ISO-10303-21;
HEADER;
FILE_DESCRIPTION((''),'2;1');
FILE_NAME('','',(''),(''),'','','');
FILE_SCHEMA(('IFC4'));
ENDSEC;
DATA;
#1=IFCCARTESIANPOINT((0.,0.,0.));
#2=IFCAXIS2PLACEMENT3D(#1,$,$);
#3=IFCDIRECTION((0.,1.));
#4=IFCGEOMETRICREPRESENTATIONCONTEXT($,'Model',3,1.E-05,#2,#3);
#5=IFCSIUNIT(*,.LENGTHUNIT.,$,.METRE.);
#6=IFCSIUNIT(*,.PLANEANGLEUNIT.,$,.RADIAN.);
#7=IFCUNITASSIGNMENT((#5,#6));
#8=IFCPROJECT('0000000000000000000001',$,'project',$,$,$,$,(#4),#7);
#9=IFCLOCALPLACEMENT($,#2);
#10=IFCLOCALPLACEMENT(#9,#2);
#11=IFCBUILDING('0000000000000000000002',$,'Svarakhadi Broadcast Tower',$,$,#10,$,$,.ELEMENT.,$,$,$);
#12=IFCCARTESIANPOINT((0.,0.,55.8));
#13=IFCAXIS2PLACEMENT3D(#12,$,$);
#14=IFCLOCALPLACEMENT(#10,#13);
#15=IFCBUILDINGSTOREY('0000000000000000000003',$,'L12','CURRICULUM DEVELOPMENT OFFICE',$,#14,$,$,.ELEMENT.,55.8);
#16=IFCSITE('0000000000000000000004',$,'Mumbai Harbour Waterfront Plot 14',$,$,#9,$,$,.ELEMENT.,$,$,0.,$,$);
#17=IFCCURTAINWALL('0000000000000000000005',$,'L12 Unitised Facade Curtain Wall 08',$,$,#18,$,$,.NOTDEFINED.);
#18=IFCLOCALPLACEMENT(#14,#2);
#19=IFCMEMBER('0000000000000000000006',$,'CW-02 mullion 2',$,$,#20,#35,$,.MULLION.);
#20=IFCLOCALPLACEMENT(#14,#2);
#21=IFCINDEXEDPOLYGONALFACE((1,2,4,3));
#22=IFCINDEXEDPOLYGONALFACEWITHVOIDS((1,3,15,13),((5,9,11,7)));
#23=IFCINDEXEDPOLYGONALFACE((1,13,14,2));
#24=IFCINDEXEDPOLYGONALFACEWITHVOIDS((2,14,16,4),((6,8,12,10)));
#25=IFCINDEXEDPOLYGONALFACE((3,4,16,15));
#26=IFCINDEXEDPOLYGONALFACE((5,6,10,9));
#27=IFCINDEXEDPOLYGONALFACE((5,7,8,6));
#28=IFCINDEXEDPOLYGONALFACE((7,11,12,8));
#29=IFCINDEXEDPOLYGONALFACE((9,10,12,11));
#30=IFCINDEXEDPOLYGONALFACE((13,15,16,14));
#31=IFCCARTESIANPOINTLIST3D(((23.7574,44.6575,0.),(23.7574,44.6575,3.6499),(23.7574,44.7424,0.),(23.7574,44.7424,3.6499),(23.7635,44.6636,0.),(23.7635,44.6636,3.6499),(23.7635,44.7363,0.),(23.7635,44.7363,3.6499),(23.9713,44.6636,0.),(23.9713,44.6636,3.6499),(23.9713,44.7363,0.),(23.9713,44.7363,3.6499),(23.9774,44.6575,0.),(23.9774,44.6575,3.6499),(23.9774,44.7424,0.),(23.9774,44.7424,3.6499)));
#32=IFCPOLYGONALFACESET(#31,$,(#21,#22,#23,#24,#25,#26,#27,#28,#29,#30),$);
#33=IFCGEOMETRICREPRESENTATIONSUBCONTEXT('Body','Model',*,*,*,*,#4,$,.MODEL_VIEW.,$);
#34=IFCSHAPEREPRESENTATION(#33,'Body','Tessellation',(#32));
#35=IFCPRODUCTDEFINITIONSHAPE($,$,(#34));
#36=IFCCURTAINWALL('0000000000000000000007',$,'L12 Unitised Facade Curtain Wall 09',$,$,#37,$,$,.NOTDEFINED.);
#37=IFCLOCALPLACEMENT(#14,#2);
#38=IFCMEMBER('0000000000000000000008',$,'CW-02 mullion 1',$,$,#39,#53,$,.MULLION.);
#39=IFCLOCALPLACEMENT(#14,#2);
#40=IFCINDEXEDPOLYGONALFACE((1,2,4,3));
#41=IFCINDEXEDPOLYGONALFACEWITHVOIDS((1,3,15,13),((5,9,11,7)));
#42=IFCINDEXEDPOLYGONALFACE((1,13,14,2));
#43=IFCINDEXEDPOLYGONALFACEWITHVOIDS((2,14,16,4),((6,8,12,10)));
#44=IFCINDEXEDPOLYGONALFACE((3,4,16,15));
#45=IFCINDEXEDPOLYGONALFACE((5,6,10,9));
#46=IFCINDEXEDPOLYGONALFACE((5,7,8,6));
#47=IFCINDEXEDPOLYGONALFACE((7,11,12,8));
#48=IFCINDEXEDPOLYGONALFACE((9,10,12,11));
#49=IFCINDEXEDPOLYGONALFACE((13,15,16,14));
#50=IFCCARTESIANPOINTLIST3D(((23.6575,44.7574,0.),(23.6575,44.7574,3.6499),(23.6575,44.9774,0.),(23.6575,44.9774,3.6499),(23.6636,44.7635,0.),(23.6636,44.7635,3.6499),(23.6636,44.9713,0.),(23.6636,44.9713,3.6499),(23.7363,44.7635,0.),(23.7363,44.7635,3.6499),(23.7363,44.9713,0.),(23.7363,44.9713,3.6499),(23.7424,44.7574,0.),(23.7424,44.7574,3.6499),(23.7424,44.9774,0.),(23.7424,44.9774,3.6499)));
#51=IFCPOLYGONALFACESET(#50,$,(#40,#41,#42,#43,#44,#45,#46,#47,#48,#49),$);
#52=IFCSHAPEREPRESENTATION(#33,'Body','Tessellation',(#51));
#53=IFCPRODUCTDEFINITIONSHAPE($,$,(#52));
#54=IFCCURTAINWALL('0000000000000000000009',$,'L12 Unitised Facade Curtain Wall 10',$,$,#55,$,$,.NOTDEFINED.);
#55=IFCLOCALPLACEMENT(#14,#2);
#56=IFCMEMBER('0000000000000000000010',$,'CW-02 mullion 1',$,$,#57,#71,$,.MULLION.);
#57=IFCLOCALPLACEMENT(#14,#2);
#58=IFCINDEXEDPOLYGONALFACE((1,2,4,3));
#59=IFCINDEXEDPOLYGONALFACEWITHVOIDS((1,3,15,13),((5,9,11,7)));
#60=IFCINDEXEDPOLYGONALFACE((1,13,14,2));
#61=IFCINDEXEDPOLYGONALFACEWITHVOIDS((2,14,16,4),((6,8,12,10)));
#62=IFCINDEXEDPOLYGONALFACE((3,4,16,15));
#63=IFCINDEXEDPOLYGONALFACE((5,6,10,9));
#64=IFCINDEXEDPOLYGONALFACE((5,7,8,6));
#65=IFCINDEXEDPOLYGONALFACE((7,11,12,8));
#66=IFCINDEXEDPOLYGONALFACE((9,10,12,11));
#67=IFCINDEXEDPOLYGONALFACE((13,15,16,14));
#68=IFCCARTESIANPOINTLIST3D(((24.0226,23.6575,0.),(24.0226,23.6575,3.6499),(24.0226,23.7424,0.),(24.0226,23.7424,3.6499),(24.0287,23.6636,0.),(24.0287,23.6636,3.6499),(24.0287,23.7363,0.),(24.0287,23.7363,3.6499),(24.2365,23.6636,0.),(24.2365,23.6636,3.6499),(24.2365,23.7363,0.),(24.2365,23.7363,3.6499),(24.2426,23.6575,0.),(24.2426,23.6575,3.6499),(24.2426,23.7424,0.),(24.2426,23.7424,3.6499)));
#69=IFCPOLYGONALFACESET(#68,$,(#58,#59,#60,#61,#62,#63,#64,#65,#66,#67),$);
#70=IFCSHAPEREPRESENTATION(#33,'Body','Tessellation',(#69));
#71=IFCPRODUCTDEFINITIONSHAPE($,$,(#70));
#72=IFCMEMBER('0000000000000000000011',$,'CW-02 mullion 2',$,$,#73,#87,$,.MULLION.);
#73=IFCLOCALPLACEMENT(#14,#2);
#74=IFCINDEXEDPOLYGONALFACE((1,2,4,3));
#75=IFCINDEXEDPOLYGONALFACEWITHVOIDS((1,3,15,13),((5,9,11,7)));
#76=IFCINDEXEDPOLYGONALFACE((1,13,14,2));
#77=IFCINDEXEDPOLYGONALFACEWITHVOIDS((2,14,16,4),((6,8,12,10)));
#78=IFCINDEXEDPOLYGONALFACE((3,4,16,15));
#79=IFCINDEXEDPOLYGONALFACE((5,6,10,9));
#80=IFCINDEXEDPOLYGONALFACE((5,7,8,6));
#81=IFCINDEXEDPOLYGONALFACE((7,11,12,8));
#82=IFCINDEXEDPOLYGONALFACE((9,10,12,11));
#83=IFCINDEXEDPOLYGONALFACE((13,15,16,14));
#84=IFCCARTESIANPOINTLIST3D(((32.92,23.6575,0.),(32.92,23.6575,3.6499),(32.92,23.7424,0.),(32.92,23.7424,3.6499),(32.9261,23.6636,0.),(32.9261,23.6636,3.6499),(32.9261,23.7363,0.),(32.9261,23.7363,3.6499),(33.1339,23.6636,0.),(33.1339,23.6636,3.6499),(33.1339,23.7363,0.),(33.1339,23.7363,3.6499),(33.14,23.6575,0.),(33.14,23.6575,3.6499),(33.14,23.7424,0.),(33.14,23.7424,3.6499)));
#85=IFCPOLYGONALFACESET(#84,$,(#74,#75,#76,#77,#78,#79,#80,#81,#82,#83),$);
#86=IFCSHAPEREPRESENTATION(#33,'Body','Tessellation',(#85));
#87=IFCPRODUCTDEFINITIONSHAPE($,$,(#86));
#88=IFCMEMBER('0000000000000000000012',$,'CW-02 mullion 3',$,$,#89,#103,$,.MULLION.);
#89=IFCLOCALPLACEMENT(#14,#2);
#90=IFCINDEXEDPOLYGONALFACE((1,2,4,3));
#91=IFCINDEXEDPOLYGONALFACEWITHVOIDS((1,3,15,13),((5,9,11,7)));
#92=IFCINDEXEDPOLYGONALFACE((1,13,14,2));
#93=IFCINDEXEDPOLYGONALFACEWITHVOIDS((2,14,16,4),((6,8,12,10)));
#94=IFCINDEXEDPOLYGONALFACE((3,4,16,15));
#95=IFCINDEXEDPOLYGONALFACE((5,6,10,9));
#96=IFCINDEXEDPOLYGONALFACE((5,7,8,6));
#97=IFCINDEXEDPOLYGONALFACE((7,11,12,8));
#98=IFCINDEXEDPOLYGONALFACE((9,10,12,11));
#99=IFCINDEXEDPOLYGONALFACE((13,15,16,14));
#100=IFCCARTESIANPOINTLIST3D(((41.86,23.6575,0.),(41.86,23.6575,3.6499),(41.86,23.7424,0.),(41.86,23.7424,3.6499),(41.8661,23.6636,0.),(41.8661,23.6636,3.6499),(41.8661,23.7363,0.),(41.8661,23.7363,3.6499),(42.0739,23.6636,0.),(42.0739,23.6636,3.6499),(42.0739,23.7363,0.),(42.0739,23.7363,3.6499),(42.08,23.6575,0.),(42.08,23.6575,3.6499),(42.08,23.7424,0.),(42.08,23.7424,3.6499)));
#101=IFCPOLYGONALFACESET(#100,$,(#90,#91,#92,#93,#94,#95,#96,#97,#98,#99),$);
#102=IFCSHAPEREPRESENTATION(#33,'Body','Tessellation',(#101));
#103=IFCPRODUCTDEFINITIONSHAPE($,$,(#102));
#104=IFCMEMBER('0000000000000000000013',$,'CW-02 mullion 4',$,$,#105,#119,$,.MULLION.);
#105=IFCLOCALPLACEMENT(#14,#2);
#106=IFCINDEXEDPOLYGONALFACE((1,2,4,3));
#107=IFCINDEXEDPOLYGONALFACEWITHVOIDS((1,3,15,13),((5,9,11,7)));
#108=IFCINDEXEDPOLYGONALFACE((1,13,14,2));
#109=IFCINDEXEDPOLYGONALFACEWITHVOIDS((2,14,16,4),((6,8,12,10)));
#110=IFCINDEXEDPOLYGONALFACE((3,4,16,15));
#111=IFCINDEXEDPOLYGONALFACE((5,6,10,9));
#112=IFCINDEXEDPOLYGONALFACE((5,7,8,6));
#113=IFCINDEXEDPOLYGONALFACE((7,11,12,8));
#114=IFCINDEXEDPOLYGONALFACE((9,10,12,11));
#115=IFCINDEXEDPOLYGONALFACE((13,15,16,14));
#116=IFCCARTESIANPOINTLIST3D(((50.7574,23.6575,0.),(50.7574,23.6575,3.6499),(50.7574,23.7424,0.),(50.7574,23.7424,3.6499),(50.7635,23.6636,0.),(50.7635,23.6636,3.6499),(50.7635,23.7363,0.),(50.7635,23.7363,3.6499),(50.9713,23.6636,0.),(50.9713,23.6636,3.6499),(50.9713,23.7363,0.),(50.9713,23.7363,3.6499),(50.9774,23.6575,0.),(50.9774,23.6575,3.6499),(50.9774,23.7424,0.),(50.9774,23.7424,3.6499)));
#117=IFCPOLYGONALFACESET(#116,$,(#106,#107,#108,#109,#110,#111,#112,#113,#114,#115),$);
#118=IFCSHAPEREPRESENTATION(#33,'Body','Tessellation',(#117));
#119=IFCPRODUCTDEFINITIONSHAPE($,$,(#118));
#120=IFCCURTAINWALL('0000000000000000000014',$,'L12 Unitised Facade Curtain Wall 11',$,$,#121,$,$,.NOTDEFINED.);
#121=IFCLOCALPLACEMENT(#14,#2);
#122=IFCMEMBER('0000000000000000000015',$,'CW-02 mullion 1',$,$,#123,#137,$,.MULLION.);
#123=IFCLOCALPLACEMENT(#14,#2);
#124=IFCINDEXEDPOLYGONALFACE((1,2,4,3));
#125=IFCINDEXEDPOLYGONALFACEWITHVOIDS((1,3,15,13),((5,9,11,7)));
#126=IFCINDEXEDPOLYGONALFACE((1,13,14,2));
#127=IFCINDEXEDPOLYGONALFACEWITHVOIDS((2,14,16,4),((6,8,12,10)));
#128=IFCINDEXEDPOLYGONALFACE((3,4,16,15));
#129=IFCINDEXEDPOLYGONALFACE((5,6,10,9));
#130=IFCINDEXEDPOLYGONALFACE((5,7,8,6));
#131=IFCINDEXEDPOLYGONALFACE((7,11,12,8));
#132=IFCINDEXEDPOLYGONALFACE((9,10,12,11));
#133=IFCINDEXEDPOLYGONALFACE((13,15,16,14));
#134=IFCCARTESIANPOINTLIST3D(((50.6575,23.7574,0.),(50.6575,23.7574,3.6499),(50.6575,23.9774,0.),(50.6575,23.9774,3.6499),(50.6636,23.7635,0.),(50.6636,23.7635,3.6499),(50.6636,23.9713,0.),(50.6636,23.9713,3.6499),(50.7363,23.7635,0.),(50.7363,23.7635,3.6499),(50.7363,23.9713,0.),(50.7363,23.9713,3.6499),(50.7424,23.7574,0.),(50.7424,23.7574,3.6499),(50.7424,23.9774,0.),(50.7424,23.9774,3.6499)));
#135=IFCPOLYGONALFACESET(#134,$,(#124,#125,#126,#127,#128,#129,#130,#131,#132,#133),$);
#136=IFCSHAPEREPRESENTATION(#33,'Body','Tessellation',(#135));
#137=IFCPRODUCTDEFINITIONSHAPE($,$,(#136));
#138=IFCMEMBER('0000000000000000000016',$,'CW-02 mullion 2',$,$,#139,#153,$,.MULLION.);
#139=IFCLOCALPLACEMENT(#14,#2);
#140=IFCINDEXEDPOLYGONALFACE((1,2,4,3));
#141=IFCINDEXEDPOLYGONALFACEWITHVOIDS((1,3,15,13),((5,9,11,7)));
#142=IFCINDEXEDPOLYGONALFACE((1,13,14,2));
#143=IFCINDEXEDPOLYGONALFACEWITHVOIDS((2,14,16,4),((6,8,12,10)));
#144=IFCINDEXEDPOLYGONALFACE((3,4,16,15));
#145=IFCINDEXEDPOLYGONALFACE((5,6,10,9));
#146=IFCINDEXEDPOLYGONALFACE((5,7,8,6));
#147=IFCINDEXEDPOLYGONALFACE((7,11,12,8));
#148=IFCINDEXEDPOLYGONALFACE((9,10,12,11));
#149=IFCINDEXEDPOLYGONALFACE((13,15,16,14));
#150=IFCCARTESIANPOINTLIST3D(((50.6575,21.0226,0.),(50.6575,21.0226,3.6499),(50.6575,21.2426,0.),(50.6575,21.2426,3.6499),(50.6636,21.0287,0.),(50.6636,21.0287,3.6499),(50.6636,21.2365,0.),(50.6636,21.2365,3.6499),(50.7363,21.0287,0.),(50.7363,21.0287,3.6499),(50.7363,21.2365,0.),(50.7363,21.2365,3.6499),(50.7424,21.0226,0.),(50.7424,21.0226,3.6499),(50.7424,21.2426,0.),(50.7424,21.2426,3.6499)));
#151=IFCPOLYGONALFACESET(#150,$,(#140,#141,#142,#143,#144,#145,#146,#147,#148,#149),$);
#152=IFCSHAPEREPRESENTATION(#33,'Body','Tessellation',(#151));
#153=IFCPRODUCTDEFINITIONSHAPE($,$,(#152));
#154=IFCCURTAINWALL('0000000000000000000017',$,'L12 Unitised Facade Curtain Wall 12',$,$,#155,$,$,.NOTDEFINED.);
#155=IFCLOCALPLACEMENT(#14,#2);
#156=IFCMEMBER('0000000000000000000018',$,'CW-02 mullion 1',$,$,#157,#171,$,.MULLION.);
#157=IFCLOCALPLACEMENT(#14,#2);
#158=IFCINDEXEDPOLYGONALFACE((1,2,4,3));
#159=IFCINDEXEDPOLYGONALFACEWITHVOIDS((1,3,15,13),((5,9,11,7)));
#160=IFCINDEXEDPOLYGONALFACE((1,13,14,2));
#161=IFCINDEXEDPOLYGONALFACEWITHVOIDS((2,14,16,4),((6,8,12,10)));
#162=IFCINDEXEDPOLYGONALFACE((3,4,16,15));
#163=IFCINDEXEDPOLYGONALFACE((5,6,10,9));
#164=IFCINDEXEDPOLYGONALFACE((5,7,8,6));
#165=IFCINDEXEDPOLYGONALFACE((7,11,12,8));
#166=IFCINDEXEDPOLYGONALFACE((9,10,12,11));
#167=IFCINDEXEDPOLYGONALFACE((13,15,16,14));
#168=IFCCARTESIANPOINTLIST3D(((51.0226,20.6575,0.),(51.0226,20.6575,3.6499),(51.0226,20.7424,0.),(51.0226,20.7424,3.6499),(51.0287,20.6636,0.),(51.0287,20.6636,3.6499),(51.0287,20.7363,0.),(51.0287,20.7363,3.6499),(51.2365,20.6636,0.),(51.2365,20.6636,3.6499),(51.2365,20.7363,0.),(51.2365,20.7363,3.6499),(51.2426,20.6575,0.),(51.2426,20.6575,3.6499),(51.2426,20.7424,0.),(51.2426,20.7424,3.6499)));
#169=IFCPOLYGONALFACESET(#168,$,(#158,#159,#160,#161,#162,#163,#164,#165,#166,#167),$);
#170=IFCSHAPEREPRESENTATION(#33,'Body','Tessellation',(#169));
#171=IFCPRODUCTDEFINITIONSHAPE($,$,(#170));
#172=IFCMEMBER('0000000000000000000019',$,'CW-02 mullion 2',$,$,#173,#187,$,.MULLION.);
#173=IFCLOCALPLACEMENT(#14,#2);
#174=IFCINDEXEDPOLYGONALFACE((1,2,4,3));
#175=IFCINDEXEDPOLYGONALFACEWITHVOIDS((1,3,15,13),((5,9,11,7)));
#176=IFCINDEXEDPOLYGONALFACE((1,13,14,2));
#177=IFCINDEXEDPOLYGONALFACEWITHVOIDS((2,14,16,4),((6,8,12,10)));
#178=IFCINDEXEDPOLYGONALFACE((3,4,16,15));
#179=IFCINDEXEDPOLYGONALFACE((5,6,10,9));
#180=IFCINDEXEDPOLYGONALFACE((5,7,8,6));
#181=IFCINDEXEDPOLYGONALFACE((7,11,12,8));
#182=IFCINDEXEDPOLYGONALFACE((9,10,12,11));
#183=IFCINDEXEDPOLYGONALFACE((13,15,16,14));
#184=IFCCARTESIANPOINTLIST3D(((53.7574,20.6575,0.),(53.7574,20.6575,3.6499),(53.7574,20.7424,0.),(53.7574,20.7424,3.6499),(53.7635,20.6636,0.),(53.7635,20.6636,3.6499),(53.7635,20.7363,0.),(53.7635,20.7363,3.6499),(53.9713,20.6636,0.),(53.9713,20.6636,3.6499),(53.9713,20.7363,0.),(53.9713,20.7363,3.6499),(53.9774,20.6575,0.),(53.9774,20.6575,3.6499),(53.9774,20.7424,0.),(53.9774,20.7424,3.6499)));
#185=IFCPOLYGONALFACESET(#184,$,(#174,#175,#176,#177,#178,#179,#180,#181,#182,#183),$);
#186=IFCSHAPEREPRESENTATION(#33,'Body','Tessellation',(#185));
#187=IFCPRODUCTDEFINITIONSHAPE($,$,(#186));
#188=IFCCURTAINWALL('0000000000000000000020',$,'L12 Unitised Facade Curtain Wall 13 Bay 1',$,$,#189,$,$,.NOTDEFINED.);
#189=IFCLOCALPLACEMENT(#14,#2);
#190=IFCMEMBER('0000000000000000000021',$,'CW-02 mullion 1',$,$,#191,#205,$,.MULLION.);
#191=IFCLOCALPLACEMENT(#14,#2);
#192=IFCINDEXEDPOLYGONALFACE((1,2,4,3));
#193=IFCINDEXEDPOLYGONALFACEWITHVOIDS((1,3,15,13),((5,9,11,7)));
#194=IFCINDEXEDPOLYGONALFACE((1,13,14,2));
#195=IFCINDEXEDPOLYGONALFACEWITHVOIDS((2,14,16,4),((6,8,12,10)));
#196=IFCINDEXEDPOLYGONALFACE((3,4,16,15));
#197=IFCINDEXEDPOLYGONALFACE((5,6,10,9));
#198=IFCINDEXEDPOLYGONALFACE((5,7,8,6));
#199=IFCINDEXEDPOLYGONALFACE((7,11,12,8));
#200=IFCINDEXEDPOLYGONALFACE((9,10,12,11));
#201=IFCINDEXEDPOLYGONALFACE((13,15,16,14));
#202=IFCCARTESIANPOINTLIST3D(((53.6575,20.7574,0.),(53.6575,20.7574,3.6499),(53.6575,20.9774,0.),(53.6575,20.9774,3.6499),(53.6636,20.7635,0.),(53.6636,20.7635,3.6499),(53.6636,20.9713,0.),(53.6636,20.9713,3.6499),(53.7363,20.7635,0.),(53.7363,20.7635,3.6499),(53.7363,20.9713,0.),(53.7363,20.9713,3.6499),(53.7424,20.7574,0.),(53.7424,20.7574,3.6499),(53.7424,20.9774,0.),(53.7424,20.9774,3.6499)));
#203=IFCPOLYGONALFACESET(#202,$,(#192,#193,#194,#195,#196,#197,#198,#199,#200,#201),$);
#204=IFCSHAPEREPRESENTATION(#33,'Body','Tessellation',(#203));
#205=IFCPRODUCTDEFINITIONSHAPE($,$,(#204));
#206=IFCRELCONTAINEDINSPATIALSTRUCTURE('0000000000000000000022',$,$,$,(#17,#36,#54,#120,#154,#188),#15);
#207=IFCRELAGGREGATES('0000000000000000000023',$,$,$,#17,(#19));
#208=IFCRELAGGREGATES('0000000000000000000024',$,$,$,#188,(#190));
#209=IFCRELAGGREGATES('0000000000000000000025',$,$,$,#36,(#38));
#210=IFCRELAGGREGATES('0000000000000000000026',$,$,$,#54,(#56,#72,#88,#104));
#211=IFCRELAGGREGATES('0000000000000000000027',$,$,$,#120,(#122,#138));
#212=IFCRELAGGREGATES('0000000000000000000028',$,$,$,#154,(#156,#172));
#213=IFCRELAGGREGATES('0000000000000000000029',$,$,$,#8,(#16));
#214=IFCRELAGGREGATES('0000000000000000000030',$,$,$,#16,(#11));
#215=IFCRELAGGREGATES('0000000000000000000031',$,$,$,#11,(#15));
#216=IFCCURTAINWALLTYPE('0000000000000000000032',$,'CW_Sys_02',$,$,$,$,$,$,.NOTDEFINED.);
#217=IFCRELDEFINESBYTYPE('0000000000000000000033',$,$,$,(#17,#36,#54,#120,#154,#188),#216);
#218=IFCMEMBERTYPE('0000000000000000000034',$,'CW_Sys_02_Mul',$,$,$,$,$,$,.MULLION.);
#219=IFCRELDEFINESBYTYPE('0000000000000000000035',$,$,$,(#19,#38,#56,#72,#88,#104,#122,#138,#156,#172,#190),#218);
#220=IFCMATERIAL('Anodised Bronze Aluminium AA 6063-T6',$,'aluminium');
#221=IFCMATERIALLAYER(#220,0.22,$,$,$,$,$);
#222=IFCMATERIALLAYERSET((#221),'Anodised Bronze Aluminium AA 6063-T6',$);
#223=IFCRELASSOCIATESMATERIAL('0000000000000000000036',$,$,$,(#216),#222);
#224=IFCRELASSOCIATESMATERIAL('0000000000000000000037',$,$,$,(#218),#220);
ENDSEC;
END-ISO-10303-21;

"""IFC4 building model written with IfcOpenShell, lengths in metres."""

from ifc_helpers import new_model, si_unit, direction, frame, origin, origin_2d, place, context, subcontext, project, spatial, hollow_rectangle, extrude, material, layer, layer_set, material_profile, profile_set, type_object, element, aggregate, save


model = new_model("IFC4")

# Units and contexts
model_context = context("Model", 3, precision=1e-05, world=origin(), true_north=direction((0.0, 1.0)))
body_context = subcontext(model_context, "Body", "Model", "MODEL_VIEW")
ifc_project = project(units=[si_unit("LENGTHUNIT", "METRE"), si_unit("PLANEANGLEUNIT", "RADIAN")], contexts=[model_context])

# Site, building, storey
site_placement = place(None, origin())
site = spatial("IfcSite", under=ifc_project, at=site_placement, Name="Mumbai Harbour Waterfront Plot 14", CompositionType="ELEMENT", RefElevation=0.0)
building_placement = place(site_placement, origin())
building = spatial("IfcBuilding", under=site, at=building_placement, Name="Svarakhadi Broadcast Tower", CompositionType="ELEMENT")
storey_placement = place(building_placement, frame((0.0, 0.0, 55.8)))
storey = spatial("IfcBuildingStorey", under=building, at=storey_placement, Name="L12", Description="CURRICULUM DEVELOPMENT OFFICE", CompositionType="ELEMENT", Elevation=55.8)

# Curtain walls, members
ifc_material_1 = material(Name="Anodised Bronze Aluminium AA 6063-T6", Category="aluminium")
ifc_layer_1 = layer(ifc_material_1, 0.22)
ifc_layer_set_1 = layer_set([ifc_layer_1], Name="Anodised Bronze Aluminium AA 6063-T6")
curtain_wall_type = type_object("IfcCurtainWallType", Name="CW_Sys_02", PredefinedType="NOTDEFINED", material=ifc_layer_set_1)
curtain_wall_1_placement = place(storey_placement, origin())
curtain_wall_1 = element("IfcCurtainWall", 1, at=curtain_wall_1_placement, inside=storey, type_object=curtain_wall_type, Name="L12 Unitised Facade Curtain Wall 08", PredefinedType="NOTDEFINED")
ifc_material_profile_1 = material_profile(ifc_material_1, hollow_rectangle(XDim=0.085, YDim=0.22, WallThickness=0.0061, at=origin_2d()), Name="ALU MULLION 220x85x6")
ifc_profile_set_1 = profile_set([ifc_material_profile_1], Name="Anodised Bronze Aluminium AA 6063-T6")
member_type_1 = type_object("IfcMemberType", Name="CW_Sys_02_Mul", PredefinedType="MULLION", material=ifc_profile_set_1)
member_1_placement = place(storey_placement, frame((23.8674, 44.7, 0.0), z_axis=(0.0, 0.0, 1.0), x_axis=(0.0, 1.0, 0.0)))
member_1 = element("IfcMember", 2, at=member_1_placement, type_object=member_type_1, Name="CW-02 mullion 2", PredefinedType="MULLION", context=body_context, shape_type="SweptSolid", body=[
    extrude(hollow_rectangle(XDim=0.085, YDim=0.22, WallThickness=0.0061, at=origin_2d()), origin(), (0.0, 0.0, 1.0), 3.6499),
])
aggregate(curtain_wall_1, [member_1])
curtain_wall_2_placement = place(storey_placement, origin())
curtain_wall_2 = element("IfcCurtainWall", 3, at=curtain_wall_2_placement, inside=storey, type_object=curtain_wall_type, Name="L12 Unitised Facade Curtain Wall 09", PredefinedType="NOTDEFINED")
member_2_placement = place(storey_placement, frame((23.7, 44.8674, 0.0), z_axis=(0.0, 0.0, 1.0), x_axis=(1.0, 0.0, 0.0)))
member_2 = element("IfcMember", 4, at=member_2_placement, type_object=member_type_1, Name="CW-02 mullion 1", PredefinedType="MULLION", context=body_context, shape_type="SweptSolid", body=[
    extrude(hollow_rectangle(XDim=0.085, YDim=0.22, WallThickness=0.0061, at=origin_2d()), origin(), (0.0, 0.0, 1.0), 3.6499),
])

# Curtain walls, members
curtain_wall_3_placement = place(storey_placement, origin())
curtain_wall_3 = element("IfcCurtainWall", 5, at=curtain_wall_3_placement, inside=storey, type_object=curtain_wall_type, Name="L12 Unitised Facade Curtain Wall 10", PredefinedType="NOTDEFINED")
member_3_placement = place(storey_placement, frame((24.1326, 23.7, 0.0), z_axis=(0.0, 0.0, 1.0), x_axis=(0.0, 1.0, 0.0)))
member_3 = element("IfcMember", 6, at=member_3_placement, type_object=member_type_1, Name="CW-02 mullion 1", PredefinedType="MULLION", context=body_context, shape_type="SweptSolid", body=[
    extrude(hollow_rectangle(XDim=0.085, YDim=0.22, WallThickness=0.0061, at=origin_2d()), origin(), (0.0, 0.0, 1.0), 3.6499),
])
member_4_placement = place(storey_placement, frame((33.03, 23.7, 0.0), z_axis=(0.0, 0.0, 1.0), x_axis=(0.0, 1.0, 0.0)))
member_4 = element("IfcMember", 7, at=member_4_placement, type_object=member_type_1, Name="CW-02 mullion 2", PredefinedType="MULLION", context=body_context, shape_type="SweptSolid", body=[
    extrude(hollow_rectangle(XDim=0.085, YDim=0.22, WallThickness=0.0061, at=origin_2d()), origin(), (0.0, 0.0, 1.0), 3.6499),
])
member_5_placement = place(storey_placement, frame((41.97, 23.7, 0.0), z_axis=(0.0, 0.0, 1.0), x_axis=(0.0, 1.0, 0.0)))
member_5 = element("IfcMember", 8, at=member_5_placement, type_object=member_type_1, Name="CW-02 mullion 3", PredefinedType="MULLION", context=body_context, shape_type="SweptSolid", body=[
    extrude(hollow_rectangle(XDim=0.085, YDim=0.22, WallThickness=0.0061, at=origin_2d()), origin(), (0.0, 0.0, 1.0), 3.6499),
])
member_6_placement = place(storey_placement, frame((50.8674, 23.7, 0.0), z_axis=(0.0, 0.0, 1.0), x_axis=(0.0, 1.0, 0.0)))
member_6 = element("IfcMember", 9, at=member_6_placement, type_object=member_type_1, Name="CW-02 mullion 4", PredefinedType="MULLION", context=body_context, shape_type="SweptSolid", body=[
    extrude(hollow_rectangle(XDim=0.085, YDim=0.22, WallThickness=0.0061, at=origin_2d()), origin(), (0.0, 0.0, 1.0), 3.6499),
])
curtain_wall_4_placement = place(storey_placement, origin())
curtain_wall_4 = element("IfcCurtainWall", 10, at=curtain_wall_4_placement, inside=storey, type_object=curtain_wall_type, Name="L12 Unitised Facade Curtain Wall 11", PredefinedType="NOTDEFINED")
member_7_placement = place(storey_placement, frame((50.7, 23.8674, 0.0), z_axis=(0.0, 0.0, 1.0), x_axis=(1.0, 0.0, 0.0)))
member_7 = element("IfcMember", 11, at=member_7_placement, type_object=member_type_1, Name="CW-02 mullion 1", PredefinedType="MULLION", context=body_context, shape_type="SweptSolid", body=[
    extrude(hollow_rectangle(XDim=0.085, YDim=0.22, WallThickness=0.0061, at=origin_2d()), origin(), (0.0, 0.0, 1.0), 3.6499),
])
member_8_placement = place(storey_placement, frame((50.7, 21.1326, 0.0), z_axis=(0.0, 0.0, 1.0), x_axis=(1.0, 0.0, 0.0)))
member_8 = element("IfcMember", 12, at=member_8_placement, type_object=member_type_1, Name="CW-02 mullion 2", PredefinedType="MULLION", context=body_context, shape_type="SweptSolid", body=[
    extrude(hollow_rectangle(XDim=0.085, YDim=0.22, WallThickness=0.0061, at=origin_2d()), origin(), (0.0, 0.0, 1.0), 3.6499),
])
curtain_wall_5_placement = place(storey_placement, origin())
curtain_wall_5 = element("IfcCurtainWall", 13, at=curtain_wall_5_placement, inside=storey, type_object=curtain_wall_type, Name="L12 Unitised Facade Curtain Wall 12", PredefinedType="NOTDEFINED")
member_9_placement = place(storey_placement, frame((51.1326, 20.7, 0.0), z_axis=(0.0, 0.0, 1.0), x_axis=(0.0, 1.0, 0.0)))
member_9 = element("IfcMember", 14, at=member_9_placement, type_object=member_type_1, Name="CW-02 mullion 1", PredefinedType="MULLION", context=body_context, shape_type="SweptSolid", body=[
    extrude(hollow_rectangle(XDim=0.085, YDim=0.22, WallThickness=0.0061, at=origin_2d()), origin(), (0.0, 0.0, 1.0), 3.6499),
])
member_10_placement = place(storey_placement, frame((53.8674, 20.7, 0.0), z_axis=(0.0, 0.0, 1.0), x_axis=(0.0, 1.0, 0.0)))
member_10 = element("IfcMember", 15, at=member_10_placement, type_object=member_type_1, Name="CW-02 mullion 2", PredefinedType="MULLION", context=body_context, shape_type="SweptSolid", body=[
    extrude(hollow_rectangle(XDim=0.085, YDim=0.22, WallThickness=0.0061, at=origin_2d()), origin(), (0.0, 0.0, 1.0), 3.6499),
])

# Curtain wall, member
curtain_wall_6_placement = place(storey_placement, origin())
curtain_wall_6 = element("IfcCurtainWall", 16, at=curtain_wall_6_placement, inside=storey, type_object=curtain_wall_type, Name="L12 Unitised Facade Curtain Wall 13 Bay 1", PredefinedType="NOTDEFINED")
member_11_placement = place(storey_placement, frame((53.7, 20.8674, 0.0), z_axis=(0.0, 0.0, 1.0), x_axis=(1.0, 0.0, 0.0)))
member_11 = element("IfcMember", 17, at=member_11_placement, type_object=member_type_1, Name="CW-02 mullion 1", PredefinedType="MULLION", context=body_context, shape_type="SweptSolid", body=[
    extrude(hollow_rectangle(XDim=0.085, YDim=0.22, WallThickness=0.0061, at=origin_2d()), origin(), (0.0, 0.0, 1.0), 3.6499),
])

aggregate(curtain_wall_6, [member_11])

aggregate(curtain_wall_2, [member_2])
aggregate(curtain_wall_3, [member_3, member_4, member_5, member_6])
aggregate(curtain_wall_4, [member_7, member_8])
aggregate(curtain_wall_5, [member_9, member_10])

save(model, "model.ifc")
